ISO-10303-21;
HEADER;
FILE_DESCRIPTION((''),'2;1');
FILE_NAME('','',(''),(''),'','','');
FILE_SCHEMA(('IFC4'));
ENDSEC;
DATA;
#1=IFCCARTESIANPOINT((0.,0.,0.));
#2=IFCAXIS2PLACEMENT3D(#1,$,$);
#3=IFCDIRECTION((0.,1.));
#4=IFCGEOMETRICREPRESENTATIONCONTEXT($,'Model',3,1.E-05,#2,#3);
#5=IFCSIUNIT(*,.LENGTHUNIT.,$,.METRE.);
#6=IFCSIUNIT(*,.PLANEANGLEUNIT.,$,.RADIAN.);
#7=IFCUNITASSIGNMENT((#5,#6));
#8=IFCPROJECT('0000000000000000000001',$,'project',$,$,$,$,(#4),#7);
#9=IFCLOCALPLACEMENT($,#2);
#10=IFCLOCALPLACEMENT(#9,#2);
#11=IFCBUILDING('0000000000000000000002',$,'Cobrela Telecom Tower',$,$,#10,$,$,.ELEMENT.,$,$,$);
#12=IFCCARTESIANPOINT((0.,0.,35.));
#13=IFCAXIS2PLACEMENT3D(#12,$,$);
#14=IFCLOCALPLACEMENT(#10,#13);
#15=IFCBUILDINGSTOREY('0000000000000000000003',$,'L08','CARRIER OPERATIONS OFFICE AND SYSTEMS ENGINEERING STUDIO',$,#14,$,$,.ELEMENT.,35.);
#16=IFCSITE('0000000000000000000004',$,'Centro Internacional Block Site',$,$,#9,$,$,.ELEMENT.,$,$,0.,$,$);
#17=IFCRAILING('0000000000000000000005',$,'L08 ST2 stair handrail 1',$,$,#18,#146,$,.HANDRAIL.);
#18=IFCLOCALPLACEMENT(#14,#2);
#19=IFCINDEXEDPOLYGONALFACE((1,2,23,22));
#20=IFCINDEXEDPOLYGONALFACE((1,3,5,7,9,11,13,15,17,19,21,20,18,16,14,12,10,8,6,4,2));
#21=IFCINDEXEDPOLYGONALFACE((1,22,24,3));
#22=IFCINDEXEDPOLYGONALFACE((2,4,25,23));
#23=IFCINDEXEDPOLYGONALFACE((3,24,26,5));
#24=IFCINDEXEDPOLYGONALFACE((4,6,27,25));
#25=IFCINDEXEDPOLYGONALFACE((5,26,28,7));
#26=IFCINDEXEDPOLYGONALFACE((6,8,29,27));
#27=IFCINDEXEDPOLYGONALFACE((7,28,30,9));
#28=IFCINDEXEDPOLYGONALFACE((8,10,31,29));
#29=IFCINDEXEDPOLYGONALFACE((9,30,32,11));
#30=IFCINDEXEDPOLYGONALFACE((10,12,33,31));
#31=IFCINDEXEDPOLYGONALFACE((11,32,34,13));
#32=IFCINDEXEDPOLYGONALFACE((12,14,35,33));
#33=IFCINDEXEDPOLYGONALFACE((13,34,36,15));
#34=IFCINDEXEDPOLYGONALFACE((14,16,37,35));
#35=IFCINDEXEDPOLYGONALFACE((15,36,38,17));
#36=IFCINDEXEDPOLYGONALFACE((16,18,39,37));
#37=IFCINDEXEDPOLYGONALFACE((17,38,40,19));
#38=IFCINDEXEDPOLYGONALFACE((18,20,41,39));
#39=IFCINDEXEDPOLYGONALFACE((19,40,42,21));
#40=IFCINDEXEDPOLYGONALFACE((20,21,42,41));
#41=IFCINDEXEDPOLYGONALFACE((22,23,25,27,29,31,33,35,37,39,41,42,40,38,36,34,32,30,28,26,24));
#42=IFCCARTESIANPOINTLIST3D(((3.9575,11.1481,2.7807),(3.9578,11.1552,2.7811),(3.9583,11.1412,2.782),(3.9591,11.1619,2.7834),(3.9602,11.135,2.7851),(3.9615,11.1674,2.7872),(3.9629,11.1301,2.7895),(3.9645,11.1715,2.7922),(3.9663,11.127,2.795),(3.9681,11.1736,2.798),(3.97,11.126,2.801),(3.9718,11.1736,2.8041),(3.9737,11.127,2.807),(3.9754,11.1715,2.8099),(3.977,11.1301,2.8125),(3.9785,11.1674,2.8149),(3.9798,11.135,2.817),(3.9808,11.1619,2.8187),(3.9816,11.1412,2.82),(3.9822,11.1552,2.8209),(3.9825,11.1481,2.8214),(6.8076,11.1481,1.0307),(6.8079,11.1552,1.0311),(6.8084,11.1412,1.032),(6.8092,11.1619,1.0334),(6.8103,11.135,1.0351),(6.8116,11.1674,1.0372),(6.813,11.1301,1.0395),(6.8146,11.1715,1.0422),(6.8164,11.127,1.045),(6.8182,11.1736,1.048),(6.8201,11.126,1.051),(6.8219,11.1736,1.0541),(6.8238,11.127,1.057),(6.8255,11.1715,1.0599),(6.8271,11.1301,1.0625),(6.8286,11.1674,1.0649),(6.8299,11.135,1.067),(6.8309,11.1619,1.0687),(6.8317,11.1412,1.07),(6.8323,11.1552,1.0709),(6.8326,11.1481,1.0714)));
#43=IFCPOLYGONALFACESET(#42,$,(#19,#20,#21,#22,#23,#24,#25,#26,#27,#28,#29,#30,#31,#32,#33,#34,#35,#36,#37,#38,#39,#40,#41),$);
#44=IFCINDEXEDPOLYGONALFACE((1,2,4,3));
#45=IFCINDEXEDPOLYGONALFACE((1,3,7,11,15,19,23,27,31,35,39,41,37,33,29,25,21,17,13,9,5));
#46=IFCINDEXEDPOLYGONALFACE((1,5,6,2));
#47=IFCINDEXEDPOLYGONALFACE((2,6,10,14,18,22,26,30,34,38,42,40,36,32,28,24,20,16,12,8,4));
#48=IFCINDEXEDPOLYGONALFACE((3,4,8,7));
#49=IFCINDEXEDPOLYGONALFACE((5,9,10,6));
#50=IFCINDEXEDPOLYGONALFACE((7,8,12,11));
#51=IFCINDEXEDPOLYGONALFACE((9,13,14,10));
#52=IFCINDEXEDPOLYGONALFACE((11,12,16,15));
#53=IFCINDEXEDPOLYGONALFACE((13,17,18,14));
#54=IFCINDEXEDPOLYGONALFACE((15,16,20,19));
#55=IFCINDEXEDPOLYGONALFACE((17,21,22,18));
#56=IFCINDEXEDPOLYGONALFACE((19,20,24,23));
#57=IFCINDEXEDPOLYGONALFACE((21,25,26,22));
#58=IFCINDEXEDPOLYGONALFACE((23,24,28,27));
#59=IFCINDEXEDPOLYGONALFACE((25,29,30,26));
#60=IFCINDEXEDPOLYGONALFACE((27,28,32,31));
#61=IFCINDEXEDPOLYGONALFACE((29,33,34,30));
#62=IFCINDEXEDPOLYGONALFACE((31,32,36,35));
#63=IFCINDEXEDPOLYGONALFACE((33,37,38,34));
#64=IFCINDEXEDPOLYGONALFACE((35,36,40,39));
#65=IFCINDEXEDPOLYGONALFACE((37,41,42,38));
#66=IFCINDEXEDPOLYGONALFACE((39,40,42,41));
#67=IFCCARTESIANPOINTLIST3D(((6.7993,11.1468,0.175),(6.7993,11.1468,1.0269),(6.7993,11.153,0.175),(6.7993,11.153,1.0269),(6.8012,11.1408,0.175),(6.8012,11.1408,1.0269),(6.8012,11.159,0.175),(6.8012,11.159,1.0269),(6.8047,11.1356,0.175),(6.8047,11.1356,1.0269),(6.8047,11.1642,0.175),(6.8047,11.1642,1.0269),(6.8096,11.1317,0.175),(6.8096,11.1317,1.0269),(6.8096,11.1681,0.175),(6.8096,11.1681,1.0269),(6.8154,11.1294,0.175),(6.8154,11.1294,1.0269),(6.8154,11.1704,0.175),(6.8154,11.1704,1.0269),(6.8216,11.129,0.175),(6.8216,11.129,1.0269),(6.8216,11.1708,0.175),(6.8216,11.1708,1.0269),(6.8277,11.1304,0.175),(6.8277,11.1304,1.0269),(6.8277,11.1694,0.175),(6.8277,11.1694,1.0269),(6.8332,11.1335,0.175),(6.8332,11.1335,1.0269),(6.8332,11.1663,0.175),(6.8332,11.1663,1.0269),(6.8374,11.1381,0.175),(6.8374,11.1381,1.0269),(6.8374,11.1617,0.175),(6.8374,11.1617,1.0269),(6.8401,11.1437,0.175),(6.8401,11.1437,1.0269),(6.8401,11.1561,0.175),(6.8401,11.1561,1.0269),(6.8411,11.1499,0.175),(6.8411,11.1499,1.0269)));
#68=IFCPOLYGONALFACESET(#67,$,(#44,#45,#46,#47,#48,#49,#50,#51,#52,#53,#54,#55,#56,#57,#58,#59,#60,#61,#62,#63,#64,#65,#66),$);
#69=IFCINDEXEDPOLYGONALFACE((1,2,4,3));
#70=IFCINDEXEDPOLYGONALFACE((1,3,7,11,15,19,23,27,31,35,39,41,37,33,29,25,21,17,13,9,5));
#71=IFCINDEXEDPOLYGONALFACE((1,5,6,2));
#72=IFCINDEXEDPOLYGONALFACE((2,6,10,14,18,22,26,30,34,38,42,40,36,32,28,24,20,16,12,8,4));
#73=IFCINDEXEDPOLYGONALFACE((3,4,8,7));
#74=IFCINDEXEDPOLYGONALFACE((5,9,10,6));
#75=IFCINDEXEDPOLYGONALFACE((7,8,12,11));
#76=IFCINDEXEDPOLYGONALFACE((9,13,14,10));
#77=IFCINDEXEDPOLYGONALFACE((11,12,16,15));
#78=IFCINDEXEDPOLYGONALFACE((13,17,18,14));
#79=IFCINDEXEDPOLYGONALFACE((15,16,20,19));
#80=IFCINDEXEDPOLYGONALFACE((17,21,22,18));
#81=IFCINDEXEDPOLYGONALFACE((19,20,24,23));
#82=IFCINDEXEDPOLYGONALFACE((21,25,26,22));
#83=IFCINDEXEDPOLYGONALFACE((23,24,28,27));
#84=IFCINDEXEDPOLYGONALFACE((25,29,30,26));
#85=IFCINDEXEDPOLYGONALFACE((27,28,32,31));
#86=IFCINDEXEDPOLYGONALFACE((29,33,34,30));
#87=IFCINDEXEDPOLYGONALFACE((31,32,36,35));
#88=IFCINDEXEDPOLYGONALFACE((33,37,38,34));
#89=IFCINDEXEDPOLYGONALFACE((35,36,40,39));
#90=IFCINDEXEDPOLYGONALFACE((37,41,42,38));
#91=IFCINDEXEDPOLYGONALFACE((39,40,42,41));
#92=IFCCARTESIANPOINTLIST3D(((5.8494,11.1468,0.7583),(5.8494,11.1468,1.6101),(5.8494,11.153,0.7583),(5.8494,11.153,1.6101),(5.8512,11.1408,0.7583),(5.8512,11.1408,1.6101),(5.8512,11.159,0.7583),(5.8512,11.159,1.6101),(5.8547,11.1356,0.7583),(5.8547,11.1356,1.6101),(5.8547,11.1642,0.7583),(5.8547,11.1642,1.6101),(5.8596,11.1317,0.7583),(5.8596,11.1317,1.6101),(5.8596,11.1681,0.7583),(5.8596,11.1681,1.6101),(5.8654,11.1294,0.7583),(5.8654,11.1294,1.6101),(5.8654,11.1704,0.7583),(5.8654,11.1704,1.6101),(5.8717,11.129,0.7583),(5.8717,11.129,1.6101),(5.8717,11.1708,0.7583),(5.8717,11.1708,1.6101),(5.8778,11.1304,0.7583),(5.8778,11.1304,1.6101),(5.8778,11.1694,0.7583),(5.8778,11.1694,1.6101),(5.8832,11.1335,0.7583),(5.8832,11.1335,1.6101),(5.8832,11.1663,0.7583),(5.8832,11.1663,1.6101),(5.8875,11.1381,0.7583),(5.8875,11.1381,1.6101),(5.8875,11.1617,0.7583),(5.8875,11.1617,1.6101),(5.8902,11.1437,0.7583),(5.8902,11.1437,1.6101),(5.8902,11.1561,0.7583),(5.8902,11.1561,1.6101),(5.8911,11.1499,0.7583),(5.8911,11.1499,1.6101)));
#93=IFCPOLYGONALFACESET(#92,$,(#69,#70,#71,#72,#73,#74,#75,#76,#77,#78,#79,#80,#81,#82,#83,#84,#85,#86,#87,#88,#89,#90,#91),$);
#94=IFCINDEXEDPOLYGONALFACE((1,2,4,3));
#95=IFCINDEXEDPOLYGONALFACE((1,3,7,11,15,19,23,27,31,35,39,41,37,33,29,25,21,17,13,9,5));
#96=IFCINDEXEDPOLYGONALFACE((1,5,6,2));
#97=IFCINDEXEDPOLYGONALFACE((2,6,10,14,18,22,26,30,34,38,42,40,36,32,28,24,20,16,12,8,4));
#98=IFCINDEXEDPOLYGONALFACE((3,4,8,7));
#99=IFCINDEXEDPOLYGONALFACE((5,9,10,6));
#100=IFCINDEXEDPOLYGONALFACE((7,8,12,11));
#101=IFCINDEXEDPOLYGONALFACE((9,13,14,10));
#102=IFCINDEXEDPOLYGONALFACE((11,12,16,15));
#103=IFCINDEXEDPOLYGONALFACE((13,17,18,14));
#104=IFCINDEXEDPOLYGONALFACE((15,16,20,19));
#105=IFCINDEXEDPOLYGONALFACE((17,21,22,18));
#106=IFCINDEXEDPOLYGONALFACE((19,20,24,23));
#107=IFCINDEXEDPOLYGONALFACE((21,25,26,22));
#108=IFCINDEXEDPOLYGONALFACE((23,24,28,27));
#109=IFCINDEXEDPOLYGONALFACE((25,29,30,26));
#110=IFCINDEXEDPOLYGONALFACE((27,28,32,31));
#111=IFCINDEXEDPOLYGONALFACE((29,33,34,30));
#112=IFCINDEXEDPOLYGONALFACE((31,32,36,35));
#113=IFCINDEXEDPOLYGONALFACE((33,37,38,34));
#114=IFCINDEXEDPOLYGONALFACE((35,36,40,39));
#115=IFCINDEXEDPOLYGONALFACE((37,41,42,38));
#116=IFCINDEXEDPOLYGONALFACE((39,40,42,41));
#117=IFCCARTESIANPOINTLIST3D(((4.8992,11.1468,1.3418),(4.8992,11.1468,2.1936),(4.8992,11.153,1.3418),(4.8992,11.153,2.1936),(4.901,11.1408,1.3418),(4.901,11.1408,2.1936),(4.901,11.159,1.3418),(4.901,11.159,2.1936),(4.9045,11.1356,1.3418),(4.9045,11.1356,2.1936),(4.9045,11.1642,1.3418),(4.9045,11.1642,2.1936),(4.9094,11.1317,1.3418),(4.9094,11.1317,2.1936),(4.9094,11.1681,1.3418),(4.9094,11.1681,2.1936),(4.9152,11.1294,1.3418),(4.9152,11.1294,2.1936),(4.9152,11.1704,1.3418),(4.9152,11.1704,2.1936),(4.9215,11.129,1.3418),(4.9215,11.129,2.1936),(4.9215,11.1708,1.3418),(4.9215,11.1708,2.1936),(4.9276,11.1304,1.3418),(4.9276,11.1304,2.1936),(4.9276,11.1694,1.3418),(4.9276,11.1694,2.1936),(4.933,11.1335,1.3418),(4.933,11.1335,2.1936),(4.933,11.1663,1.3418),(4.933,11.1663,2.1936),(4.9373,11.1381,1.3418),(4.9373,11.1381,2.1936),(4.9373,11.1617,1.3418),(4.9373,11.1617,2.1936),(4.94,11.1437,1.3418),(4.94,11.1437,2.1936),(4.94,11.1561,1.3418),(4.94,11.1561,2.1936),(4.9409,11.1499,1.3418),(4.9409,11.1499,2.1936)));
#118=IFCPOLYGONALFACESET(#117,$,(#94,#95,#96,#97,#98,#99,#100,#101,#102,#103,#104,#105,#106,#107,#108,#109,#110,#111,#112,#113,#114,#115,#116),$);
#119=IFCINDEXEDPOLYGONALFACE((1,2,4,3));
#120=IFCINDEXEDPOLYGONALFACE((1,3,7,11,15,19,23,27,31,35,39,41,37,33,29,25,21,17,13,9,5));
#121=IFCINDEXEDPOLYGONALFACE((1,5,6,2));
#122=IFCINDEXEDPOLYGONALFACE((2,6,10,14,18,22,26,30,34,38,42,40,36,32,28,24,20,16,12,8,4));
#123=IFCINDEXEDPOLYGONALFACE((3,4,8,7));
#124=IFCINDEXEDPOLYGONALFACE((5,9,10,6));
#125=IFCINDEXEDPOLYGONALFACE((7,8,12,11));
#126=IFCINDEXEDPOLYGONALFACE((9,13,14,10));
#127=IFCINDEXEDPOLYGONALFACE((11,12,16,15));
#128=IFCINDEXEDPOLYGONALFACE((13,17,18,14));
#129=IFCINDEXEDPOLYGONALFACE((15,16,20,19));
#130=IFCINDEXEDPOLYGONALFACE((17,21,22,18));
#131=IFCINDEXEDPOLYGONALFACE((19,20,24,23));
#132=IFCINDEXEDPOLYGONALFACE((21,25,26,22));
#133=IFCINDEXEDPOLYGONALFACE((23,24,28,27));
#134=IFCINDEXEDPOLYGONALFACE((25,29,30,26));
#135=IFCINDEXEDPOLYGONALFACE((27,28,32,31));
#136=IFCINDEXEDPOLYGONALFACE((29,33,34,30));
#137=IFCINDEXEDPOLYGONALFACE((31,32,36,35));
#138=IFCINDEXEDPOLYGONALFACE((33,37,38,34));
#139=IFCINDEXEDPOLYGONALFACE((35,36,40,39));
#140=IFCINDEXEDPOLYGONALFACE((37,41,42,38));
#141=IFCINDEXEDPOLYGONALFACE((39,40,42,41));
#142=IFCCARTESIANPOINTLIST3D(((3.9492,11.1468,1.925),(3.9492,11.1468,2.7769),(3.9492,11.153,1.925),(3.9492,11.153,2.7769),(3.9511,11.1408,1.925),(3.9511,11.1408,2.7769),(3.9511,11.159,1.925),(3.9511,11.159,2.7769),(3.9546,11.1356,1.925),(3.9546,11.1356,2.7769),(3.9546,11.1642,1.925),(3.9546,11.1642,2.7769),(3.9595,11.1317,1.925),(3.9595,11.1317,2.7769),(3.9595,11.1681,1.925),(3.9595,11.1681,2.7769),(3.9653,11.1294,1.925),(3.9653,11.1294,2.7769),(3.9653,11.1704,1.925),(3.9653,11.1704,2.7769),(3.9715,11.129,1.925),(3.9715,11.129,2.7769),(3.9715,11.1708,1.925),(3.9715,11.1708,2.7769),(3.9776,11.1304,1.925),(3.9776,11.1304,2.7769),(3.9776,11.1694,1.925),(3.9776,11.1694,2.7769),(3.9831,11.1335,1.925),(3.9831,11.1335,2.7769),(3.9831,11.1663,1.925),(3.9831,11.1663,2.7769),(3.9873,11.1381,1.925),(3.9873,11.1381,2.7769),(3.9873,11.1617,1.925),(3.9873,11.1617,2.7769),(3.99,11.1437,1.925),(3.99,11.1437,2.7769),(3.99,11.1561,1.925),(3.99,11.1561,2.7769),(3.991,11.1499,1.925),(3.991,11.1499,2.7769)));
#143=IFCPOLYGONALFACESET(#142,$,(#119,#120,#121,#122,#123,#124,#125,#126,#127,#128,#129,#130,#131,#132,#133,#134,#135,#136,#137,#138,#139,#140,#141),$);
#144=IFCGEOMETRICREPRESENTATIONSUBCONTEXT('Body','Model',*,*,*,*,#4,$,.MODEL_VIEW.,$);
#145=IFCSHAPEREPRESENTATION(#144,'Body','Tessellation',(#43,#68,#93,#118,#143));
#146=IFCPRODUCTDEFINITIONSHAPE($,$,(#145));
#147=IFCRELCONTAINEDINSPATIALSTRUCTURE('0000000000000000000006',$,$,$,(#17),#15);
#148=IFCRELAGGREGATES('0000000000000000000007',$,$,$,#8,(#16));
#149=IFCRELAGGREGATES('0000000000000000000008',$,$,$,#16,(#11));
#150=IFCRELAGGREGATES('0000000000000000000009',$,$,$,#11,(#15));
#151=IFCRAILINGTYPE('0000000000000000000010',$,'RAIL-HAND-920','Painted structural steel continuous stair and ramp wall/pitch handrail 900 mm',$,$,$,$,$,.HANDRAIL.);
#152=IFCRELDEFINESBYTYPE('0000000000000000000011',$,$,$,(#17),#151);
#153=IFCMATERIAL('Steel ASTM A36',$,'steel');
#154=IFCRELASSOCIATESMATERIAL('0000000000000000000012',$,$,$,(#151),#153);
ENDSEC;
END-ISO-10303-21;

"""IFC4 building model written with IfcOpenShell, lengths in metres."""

from ifc_helpers import new_model, si_unit, direction, frame, origin, origin_2d, place, context, subcontext, project, spatial, circle, extrude, material, type_object, element, save


model = new_model("IFC4")

# Units and contexts
model_context = context("Model", 3, precision=1e-05, world=origin(), true_north=direction((0.0, 1.0)))
body_context = subcontext(model_context, "Body", "Model", "MODEL_VIEW")
ifc_project = project(units=[si_unit("LENGTHUNIT", "METRE"), si_unit("PLANEANGLEUNIT", "RADIAN")], contexts=[model_context])

# Site, building, storey
site_placement = place(None, origin())
site = spatial("IfcSite", under=ifc_project, at=site_placement, Name="Centro Internacional Block Site", CompositionType="ELEMENT", RefElevation=0.0)
building_placement = place(site_placement, origin())
building = spatial("IfcBuilding", under=site, at=building_placement, Name="Cobrela Telecom Tower", CompositionType="ELEMENT")
storey_placement = place(building_placement, frame((0.0, 0.0, 35.0)))
storey = spatial("IfcBuildingStorey", under=building, at=storey_placement, Name="L08", Description="CARRIER OPERATIONS OFFICE AND SYSTEMS ENGINEERING STUDIO", CompositionType="ELEMENT", Elevation=35.0)

# Railing
ifc_material_1 = material(Name="Steel ASTM A36", Category="steel")
railing_type_1 = type_object("IfcRailingType", Name="RAIL-HAND-920", Description="Painted structural steel continuous stair and ramp wall/pitch handrail 900 mm", PredefinedType="HANDRAIL", material=ifc_material_1)
railing_1_placement = place(storey_placement, frame((6.8201, 11.1499, 0.175)))
element("IfcRailing", 1, at=railing_1_placement, inside=storey, type_object=railing_type_1, Name="L08 ST2 stair handrail 1", PredefinedType="HANDRAIL", context=body_context, shape_type="SweptSolid", body=[
    extrude(circle(Radius=0.0239, at=origin_2d()), frame((0.0, 0.0, 0.876), z_axis=(-0.852179, 0.0, 0.52325), x_axis=(0.0, -1.0, 0.0)), (0.0, 0.0, 1.0), 3.3445),
    extrude(circle(Radius=0.021, at=origin_2d()), origin(), (0.0, 0.0, 1.0), 0.8518),
    extrude(circle(Radius=0.021, at=origin_2d()), frame((-0.95, 0.0, 0.5833)), (0.0, 0.0, 1.0), 0.8518),
    extrude(circle(Radius=0.021, at=origin_2d()), frame((-1.9001, 0.0, 1.1667)), (0.0, 0.0, 1.0), 0.8518),
    extrude(circle(Radius=0.021, at=origin_2d()), frame((-2.8501, 0.0, 1.75)), (0.0, 0.0, 1.0), 0.8518),
])

save(model, "model.ifc")
